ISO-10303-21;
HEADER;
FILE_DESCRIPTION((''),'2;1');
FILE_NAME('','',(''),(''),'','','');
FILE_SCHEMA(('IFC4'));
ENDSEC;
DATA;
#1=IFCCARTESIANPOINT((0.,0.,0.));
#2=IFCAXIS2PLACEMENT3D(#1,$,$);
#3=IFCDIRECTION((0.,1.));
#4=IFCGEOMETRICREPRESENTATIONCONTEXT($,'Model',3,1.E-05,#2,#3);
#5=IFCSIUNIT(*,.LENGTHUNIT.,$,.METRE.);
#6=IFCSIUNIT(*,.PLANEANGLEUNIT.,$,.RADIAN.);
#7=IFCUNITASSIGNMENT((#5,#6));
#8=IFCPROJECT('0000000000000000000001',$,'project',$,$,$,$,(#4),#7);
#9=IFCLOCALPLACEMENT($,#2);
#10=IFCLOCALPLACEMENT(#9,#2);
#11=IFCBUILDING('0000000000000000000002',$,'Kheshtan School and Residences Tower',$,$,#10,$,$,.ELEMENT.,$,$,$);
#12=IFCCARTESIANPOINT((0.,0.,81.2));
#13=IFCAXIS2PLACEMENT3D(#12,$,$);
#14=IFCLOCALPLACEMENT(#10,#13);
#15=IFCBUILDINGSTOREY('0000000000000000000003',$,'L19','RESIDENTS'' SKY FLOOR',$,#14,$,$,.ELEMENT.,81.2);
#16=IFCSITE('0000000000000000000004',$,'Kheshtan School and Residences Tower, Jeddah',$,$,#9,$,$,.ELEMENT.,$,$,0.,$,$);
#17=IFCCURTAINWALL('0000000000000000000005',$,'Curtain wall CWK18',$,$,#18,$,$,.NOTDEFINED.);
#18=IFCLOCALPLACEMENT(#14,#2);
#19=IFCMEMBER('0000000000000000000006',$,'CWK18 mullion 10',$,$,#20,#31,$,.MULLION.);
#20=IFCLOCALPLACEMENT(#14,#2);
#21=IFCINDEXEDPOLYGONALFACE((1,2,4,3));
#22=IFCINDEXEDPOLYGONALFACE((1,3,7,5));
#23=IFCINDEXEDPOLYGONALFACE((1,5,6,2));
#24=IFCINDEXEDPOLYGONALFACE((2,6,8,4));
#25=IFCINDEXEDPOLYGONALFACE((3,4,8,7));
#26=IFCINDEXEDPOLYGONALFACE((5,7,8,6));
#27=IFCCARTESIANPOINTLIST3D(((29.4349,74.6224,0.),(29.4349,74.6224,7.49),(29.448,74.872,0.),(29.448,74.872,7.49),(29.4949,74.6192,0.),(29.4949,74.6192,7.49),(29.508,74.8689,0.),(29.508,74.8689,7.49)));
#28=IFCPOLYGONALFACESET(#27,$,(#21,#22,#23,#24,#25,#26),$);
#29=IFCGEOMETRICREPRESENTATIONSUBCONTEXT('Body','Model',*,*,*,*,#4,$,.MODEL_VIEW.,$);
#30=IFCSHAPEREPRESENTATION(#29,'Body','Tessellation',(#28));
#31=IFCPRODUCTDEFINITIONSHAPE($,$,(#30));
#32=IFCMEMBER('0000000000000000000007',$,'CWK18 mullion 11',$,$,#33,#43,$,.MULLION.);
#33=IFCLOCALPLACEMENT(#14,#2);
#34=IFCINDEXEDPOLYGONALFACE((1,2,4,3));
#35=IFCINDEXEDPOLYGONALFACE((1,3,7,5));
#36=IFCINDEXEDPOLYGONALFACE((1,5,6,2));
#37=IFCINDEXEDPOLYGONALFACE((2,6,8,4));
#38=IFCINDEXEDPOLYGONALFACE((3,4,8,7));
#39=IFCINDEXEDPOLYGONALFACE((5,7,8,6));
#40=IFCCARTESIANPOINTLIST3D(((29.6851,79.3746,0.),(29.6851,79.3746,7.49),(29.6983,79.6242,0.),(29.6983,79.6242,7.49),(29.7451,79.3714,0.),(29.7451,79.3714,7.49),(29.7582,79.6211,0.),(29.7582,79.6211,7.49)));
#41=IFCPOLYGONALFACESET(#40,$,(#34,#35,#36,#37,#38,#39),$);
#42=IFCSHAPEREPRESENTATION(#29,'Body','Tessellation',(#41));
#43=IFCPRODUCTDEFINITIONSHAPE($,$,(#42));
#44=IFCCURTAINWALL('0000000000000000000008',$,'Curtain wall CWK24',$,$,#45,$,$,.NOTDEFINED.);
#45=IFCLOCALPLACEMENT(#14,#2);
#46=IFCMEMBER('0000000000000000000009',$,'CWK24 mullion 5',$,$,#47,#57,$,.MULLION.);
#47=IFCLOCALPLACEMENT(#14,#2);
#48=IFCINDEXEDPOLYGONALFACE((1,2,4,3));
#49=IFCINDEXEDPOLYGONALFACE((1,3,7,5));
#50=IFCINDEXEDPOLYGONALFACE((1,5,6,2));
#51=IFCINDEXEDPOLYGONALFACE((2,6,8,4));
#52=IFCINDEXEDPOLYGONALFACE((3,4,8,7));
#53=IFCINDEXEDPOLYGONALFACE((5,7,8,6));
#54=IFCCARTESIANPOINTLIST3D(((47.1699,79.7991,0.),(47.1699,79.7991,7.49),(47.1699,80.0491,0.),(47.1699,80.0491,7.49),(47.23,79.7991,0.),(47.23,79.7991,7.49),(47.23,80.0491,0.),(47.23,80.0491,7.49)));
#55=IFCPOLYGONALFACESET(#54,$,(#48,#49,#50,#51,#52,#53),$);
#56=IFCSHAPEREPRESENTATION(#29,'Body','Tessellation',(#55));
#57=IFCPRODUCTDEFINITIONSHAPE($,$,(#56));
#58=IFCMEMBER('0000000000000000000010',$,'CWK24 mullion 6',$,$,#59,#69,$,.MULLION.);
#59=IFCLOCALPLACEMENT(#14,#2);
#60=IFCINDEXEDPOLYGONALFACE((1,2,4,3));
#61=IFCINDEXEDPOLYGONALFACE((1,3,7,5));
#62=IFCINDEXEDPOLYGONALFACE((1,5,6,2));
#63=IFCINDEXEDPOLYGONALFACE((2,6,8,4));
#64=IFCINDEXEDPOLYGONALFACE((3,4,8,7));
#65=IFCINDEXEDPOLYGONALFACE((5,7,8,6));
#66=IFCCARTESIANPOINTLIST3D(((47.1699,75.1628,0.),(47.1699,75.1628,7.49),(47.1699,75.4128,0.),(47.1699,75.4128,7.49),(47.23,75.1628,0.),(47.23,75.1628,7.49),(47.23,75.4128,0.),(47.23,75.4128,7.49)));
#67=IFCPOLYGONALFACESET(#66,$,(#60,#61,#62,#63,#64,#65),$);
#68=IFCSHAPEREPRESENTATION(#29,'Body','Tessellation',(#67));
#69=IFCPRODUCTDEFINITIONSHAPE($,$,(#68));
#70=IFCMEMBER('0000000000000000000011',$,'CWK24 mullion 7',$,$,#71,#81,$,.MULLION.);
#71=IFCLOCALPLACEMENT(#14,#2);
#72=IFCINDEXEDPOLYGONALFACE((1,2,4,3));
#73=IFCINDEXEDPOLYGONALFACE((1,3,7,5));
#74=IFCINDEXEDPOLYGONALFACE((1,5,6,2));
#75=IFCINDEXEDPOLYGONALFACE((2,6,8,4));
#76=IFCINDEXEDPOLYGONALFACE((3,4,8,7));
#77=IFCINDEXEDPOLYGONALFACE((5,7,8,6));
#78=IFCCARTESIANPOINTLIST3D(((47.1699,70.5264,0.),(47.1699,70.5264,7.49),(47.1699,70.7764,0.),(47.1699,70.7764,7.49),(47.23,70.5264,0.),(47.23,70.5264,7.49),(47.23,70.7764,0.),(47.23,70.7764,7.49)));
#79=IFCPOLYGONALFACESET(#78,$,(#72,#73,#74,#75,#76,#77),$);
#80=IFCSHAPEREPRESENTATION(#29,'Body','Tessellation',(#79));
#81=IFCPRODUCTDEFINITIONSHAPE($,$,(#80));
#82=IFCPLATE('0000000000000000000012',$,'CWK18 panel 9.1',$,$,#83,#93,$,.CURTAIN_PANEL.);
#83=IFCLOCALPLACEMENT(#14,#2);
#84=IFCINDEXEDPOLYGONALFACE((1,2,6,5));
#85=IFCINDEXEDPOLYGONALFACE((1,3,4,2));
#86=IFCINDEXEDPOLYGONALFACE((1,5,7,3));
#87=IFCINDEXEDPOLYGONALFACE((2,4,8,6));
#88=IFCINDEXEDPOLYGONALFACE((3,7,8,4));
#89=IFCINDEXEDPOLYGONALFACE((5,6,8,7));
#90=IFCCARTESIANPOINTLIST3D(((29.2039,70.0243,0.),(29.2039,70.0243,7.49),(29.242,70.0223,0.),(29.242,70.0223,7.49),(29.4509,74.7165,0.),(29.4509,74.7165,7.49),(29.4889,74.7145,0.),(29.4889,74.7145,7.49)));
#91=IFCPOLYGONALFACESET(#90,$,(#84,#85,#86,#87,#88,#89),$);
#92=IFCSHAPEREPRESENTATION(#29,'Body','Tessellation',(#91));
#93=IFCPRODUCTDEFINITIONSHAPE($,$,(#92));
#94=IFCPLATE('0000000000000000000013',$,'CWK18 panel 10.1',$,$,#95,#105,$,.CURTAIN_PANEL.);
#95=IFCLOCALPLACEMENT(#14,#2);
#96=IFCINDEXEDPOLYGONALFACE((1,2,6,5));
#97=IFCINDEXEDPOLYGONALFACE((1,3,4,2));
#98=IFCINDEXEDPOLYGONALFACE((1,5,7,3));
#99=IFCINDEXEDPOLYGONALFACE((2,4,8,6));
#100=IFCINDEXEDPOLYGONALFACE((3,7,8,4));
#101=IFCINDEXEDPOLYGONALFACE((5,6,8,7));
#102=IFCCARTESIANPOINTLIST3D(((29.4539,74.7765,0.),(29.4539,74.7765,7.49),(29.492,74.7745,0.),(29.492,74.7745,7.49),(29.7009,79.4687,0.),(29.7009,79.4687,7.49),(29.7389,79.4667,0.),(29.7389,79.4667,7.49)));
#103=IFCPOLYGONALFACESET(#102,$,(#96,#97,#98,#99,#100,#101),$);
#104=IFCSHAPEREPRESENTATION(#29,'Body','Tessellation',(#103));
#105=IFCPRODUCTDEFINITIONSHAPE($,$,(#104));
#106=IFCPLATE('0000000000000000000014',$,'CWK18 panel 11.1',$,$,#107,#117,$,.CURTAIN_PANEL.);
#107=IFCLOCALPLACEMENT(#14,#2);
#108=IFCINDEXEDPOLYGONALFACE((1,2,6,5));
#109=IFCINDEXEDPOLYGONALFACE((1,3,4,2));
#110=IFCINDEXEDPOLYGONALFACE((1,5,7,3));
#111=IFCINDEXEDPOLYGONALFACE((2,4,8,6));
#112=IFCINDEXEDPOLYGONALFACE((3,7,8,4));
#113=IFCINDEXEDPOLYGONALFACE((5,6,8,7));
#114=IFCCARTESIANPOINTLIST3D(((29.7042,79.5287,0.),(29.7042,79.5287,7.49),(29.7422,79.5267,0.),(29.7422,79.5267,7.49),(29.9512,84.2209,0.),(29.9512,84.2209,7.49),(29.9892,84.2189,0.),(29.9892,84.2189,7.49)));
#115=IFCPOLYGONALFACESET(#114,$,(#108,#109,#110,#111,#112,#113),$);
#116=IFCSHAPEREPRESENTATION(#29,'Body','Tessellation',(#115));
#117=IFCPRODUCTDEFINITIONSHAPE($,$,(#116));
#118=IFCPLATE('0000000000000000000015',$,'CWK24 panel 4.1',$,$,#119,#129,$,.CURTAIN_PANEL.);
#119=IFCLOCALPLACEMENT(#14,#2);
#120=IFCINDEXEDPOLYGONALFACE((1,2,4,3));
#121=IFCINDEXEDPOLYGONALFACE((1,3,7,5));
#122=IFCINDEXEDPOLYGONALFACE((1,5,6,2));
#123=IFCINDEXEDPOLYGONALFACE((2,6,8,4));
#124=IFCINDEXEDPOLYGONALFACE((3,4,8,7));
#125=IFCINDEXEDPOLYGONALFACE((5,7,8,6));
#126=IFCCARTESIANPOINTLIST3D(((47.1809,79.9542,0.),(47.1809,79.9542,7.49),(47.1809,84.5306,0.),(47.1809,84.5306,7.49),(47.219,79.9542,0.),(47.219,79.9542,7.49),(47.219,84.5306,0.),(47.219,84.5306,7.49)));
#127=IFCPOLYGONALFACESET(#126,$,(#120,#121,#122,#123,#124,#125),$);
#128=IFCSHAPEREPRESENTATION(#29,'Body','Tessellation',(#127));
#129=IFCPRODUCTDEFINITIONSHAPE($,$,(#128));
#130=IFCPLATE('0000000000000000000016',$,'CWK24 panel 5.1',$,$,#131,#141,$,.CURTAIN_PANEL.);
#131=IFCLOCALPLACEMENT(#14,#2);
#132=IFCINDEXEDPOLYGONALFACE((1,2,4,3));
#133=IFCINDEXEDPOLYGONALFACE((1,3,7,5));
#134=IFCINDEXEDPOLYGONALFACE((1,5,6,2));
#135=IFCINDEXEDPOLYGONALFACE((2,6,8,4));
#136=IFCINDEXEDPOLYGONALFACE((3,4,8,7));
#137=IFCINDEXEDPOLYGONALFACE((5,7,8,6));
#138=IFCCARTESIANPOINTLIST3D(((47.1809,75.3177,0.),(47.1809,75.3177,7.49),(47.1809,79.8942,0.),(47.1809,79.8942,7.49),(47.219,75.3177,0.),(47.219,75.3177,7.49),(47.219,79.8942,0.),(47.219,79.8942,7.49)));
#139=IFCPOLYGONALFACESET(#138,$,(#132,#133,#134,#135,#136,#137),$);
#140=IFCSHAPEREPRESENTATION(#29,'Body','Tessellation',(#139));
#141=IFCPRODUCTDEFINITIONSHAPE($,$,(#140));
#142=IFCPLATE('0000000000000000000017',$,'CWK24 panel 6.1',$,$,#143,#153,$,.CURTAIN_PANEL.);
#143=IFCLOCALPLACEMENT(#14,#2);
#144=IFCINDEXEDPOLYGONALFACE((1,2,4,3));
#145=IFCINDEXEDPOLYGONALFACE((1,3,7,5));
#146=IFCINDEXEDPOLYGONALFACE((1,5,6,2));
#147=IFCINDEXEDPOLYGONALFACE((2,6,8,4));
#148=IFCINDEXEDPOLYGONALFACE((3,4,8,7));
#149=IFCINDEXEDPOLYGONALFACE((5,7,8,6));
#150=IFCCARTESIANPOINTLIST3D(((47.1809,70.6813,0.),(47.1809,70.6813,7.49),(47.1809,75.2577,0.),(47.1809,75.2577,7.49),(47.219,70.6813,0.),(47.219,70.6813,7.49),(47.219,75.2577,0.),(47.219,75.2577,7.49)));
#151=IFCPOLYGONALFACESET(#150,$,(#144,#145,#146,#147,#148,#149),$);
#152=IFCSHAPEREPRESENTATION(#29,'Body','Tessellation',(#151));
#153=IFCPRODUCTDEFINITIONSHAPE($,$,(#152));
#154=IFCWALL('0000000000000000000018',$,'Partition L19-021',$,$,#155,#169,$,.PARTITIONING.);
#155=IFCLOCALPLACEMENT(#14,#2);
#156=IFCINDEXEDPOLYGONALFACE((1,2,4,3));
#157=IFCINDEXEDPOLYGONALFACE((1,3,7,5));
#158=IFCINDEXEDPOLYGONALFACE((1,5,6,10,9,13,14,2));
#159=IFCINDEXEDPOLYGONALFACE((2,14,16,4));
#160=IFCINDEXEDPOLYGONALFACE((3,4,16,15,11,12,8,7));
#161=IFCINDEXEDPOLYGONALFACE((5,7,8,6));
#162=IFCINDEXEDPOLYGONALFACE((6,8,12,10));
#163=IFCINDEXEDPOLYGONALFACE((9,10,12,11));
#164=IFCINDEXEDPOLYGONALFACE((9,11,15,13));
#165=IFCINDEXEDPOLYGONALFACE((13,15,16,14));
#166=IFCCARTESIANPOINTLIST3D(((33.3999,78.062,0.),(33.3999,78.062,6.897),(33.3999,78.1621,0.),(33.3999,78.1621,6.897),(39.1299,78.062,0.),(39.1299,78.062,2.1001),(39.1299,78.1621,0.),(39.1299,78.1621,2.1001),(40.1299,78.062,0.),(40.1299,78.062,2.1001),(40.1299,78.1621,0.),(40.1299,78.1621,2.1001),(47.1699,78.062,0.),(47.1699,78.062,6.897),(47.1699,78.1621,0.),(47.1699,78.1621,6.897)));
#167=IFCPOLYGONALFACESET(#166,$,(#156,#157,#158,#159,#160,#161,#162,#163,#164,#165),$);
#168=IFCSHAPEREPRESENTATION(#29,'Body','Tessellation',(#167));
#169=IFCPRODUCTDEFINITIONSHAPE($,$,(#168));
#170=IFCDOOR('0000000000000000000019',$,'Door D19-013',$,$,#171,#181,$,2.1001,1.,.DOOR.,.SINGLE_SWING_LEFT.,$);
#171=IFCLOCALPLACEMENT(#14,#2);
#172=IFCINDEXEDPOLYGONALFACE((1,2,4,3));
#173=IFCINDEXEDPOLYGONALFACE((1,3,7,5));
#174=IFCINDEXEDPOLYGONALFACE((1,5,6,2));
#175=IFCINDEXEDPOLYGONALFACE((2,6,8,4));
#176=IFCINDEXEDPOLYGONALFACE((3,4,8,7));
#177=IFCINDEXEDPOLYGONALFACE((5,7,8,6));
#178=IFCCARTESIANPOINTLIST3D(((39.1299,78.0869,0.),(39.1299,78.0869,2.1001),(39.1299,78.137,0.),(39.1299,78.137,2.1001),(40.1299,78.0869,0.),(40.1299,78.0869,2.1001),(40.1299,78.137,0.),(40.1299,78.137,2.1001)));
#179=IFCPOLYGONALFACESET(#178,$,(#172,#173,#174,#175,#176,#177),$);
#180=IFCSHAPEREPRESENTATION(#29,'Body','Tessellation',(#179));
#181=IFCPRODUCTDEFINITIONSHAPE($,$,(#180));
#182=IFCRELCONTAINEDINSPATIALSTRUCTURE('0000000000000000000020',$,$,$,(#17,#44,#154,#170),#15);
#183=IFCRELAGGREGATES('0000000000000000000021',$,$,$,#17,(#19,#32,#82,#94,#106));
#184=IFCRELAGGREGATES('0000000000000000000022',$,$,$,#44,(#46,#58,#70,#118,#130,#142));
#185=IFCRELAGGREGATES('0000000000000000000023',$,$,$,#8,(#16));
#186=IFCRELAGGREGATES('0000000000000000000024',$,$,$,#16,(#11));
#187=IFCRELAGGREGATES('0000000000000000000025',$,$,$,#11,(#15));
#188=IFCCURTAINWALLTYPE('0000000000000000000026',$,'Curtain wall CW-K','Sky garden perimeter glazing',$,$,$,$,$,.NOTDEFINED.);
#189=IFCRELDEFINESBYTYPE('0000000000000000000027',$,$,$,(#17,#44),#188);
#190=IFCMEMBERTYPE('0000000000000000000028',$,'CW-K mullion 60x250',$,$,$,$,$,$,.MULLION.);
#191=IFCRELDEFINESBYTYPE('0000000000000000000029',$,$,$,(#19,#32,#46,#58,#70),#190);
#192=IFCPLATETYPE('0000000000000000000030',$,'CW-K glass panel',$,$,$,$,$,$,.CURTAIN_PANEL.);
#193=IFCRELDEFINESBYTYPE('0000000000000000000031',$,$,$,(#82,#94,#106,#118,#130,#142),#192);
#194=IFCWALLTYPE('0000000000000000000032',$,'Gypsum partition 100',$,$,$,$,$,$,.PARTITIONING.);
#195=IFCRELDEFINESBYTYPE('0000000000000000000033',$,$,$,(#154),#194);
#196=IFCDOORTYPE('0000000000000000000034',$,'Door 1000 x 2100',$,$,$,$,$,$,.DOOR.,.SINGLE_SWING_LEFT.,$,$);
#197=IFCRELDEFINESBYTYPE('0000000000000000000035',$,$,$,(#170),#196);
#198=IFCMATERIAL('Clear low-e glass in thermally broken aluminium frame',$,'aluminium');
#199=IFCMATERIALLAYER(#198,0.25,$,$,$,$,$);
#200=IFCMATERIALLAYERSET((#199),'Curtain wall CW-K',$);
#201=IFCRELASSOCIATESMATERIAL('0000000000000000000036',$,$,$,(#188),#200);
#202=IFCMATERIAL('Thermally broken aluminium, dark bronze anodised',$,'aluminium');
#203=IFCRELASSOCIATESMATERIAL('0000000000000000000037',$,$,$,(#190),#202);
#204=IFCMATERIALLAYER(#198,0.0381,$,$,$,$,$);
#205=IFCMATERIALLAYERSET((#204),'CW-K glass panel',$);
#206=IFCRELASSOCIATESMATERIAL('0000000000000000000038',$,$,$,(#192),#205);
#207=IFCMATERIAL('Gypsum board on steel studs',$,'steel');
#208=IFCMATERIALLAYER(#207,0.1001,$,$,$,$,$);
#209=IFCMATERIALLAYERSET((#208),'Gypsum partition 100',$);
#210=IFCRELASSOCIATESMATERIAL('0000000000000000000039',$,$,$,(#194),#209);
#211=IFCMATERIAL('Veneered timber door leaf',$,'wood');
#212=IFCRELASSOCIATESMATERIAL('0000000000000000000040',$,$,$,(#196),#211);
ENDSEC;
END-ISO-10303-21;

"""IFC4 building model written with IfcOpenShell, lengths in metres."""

from ifc_helpers import new_model, si_unit, direction, frame, frame_2d, origin, origin_2d, place, context, subcontext, project, spatial, rectangle, extrude, source, transform, mapped, material, layer, layer_set, material_profile, profile_set, type_object, element, fill, aggregate, save


model = new_model("IFC4")

# Units and contexts
model_context = context("Model", 3, precision=1e-05, world=origin(), true_north=direction((0.0, 1.0)))
body_context = subcontext(model_context, "Body", "Model", "MODEL_VIEW")
ifc_project = project(units=[si_unit("LENGTHUNIT", "METRE"), si_unit("PLANEANGLEUNIT", "RADIAN")], contexts=[model_context])

# Site, building, storey
site_placement = place(None, origin())
site = spatial("IfcSite", under=ifc_project, at=site_placement, Name="Kheshtan School and Residences Tower, Jeddah", CompositionType="ELEMENT", RefElevation=0.0)
building_placement = place(site_placement, origin())
building = spatial("IfcBuilding", under=site, at=building_placement, Name="Kheshtan School and Residences Tower", CompositionType="ELEMENT")
storey_placement = place(building_placement, frame((0.0, 0.0, 81.2)))
storey = spatial("IfcBuildingStorey", under=building, at=storey_placement, Name="L19", Description="RESIDENTS' SKY FLOOR", CompositionType="ELEMENT", Elevation=81.2)

# Curtain walls, members
ifc_material_1 = material(Name="Clear low-e glass in thermally broken aluminium frame", Category="aluminium")
ifc_layer_1 = layer(ifc_material_1, 0.25)
ifc_layer_set_1 = layer_set([ifc_layer_1], Name="Curtain wall CW-K")
curtain_wall_type = type_object("IfcCurtainWallType", Name="Curtain wall CW-K", Description="Sky garden perimeter glazing", PredefinedType="NOTDEFINED", material=ifc_layer_set_1)
curtain_wall_1_placement = place(storey_placement, origin())
curtain_wall_1 = element("IfcCurtainWall", 1, at=curtain_wall_1_placement, inside=storey, type_object=curtain_wall_type, Name="Curtain wall CWK18", PredefinedType="NOTDEFINED")
ifc_material_2 = material(Name="Thermally broken aluminium, dark bronze anodised", Category="aluminium")
ifc_material_profile_1 = material_profile(ifc_material_2, rectangle(XDim=0.0601, YDim=0.25, at=origin_2d()), Name="CW-K mullion 60x250")
ifc_profile_set_1 = profile_set([ifc_material_profile_1], Name="Thermally broken aluminium, dark bronze anodised")
member_type = type_object("IfcMemberType", Name="CW-K mullion 60x250", PredefinedType="MULLION", material=ifc_profile_set_1)
member_1_placement = place(storey_placement, frame((29.4714, 74.7456, 0.0), z_axis=(0.0, 0.0, 1.0), x_axis=(-0.998617, 0.052565, 0.0)))
member_1 = element("IfcMember", 2, at=member_1_placement, type_object=member_type, Name="CWK18 mullion 10", PredefinedType="MULLION", context=body_context, shape_type="SweptSolid", body=[
    extrude(rectangle(XDim=0.0601, YDim=0.25, at=origin_2d()), origin(), (0.0, 0.0, 1.0), 7.49),
])
member_2_placement = place(storey_placement, frame((29.7217, 79.4978, 0.0), z_axis=(0.0, 0.0, 1.0), x_axis=(-0.998617, 0.052565, 0.0)))
member_2 = element("IfcMember", 3, at=member_2_placement, type_object=member_type, Name="CWK18 mullion 11", PredefinedType="MULLION", context=body_context, shape_type="SweptSolid", body=[
    extrude(rectangle(XDim=0.0601, YDim=0.25, at=origin_2d()), origin(), (0.0, 0.0, 1.0), 7.49),
])
curtain_wall_2_placement = place(storey_placement, origin())
curtain_wall_2 = element("IfcCurtainWall", 4, at=curtain_wall_2_placement, inside=storey, type_object=curtain_wall_type, Name="Curtain wall CWK24", PredefinedType="NOTDEFINED")
member_3_placement = place(storey_placement, frame((47.2, 79.9241, 0.0), z_axis=(0.0, 0.0, 1.0), x_axis=(1.0, 0.0, 0.0)))
member_3 = element("IfcMember", 5, at=member_3_placement, type_object=member_type, Name="CWK24 mullion 5", PredefinedType="MULLION", context=body_context, shape_type="SweptSolid", body=[
    extrude(rectangle(XDim=0.0601, YDim=0.25, at=origin_2d()), origin(), (0.0, 0.0, 1.0), 7.49),
])
member_4_placement = place(storey_placement, frame((47.2, 75.2878, 0.0), z_axis=(0.0, 0.0, 1.0), x_axis=(1.0, 0.0, 0.0)))
member_4 = element("IfcMember", 6, at=member_4_placement, type_object=member_type, Name="CWK24 mullion 6", PredefinedType="MULLION", context=body_context, shape_type="SweptSolid", body=[
    extrude(rectangle(XDim=0.0601, YDim=0.25, at=origin_2d()), origin(), (0.0, 0.0, 1.0), 7.49),
])
member_5_placement = place(storey_placement, frame((47.2, 70.6514, 0.0), z_axis=(0.0, 0.0, 1.0), x_axis=(1.0, 0.0, 0.0)))
member_5 = element("IfcMember", 7, at=member_5_placement, type_object=member_type, Name="CWK24 mullion 7", PredefinedType="MULLION", context=body_context, shape_type="SweptSolid", body=[
    extrude(rectangle(XDim=0.0601, YDim=0.25, at=origin_2d()), origin(), (0.0, 0.0, 1.0), 7.49),
])

# Plates
ifc_layer_2 = layer(ifc_material_1, 0.0381)
ifc_layer_set_2 = layer_set([ifc_layer_2], Name="CW-K glass panel")
plate_type = type_object("IfcPlateType", Name="CW-K glass panel", PredefinedType="CURTAIN_PANEL", material=ifc_layer_set_2)
plate_1_placement = place(storey_placement, frame((29.3464, 72.3694, 0.0), z_axis=(0.0, 0.0, 1.0), x_axis=(0.052565, 0.998617, 0.0)))
plate_1 = element("IfcPlate", 8, at=plate_1_placement, type_object=plate_type, Name="CWK18 panel 9.1", PredefinedType="CURTAIN_PANEL", context=body_context, shape_type="SweptSolid", body=[
    extrude(rectangle(XDim=4.6987, YDim=0.0381, at=origin_2d()), origin(), (0.0, 0.0, 1.0), 7.49),
])
plate_2_placement = place(storey_placement, frame((29.5964, 77.1216, 0.0), z_axis=(0.0, 0.0, 1.0), x_axis=(0.052565, 0.998617, 0.0)))
plate_2 = element("IfcPlate", 9, at=plate_2_placement, type_object=plate_type, Name="CWK18 panel 10.1", PredefinedType="CURTAIN_PANEL", context=body_context, shape_type="SweptSolid", body=[
    extrude(rectangle(XDim=4.6987, YDim=0.0381, at=origin_2d()), origin(), (0.0, 0.0, 1.0), 7.49),
])
plate_3_placement = place(storey_placement, frame((29.8467, 81.8738, 0.0), z_axis=(0.0, 0.0, 1.0), x_axis=(0.052565, 0.998617, 0.0)))
plate_3 = element("IfcPlate", 10, at=plate_3_placement, type_object=plate_type, Name="CWK18 panel 11.1", PredefinedType="CURTAIN_PANEL", context=body_context, shape_type="SweptSolid", body=[
    extrude(rectangle(XDim=4.6987, YDim=0.0381, at=origin_2d()), origin(), (0.0, 0.0, 1.0), 7.49),
])
aggregate(curtain_wall_1, [member_1, member_2, plate_1, plate_2, plate_3])
plate_4_placement = place(storey_placement, frame((47.2, 82.2424, 0.0), z_axis=(0.0, 0.0, 1.0), x_axis=(0.0, -1.0, 0.0)))
plate_4 = element("IfcPlate", 11, at=plate_4_placement, type_object=plate_type, Name="CWK24 panel 4.1", PredefinedType="CURTAIN_PANEL", context=body_context, shape_type="SweptSolid", body=[
    extrude(rectangle(XDim=4.5764, YDim=0.0381, at=origin_2d()), origin(), (0.0, 0.0, 1.0), 7.49),
])
plate_5_placement = place(storey_placement, frame((47.2, 77.606, 0.0), z_axis=(0.0, 0.0, 1.0), x_axis=(0.0, -1.0, 0.0)))
plate_5 = element("IfcPlate", 12, at=plate_5_placement, type_object=plate_type, Name="CWK24 panel 5.1", PredefinedType="CURTAIN_PANEL", context=body_context, shape_type="SweptSolid", body=[
    extrude(rectangle(XDim=4.5764, YDim=0.0381, at=origin_2d()), origin(), (0.0, 0.0, 1.0), 7.49),
])
plate_6_placement = place(storey_placement, frame((47.2, 72.9695, 0.0), z_axis=(0.0, 0.0, 1.0), x_axis=(0.0, -1.0, 0.0)))
plate_6 = element("IfcPlate", 13, at=plate_6_placement, type_object=plate_type, Name="CWK24 panel 6.1", PredefinedType="CURTAIN_PANEL", context=body_context, shape_type="SweptSolid", body=[
    extrude(rectangle(XDim=4.5764, YDim=0.0381, at=origin_2d()), origin(), (0.0, 0.0, 1.0), 7.49),
])
aggregate(curtain_wall_2, [member_3, member_4, member_5, plate_4, plate_5, plate_6])

# Wall, opening, door
ifc_material_3 = material(Name="Gypsum board on steel studs", Category="steel")
ifc_layer_3 = layer(ifc_material_3, 0.1001)
ifc_layer_set_3 = layer_set([ifc_layer_3], Name="Gypsum partition 100")
wall_type_1 = type_object("IfcWallType", Name="Gypsum partition 100", PredefinedType="PARTITIONING", material=ifc_layer_set_3)
wall_1_placement = place(storey_placement, frame((33.3999, 78.1121, 0.0), z_axis=(0.0, 0.0, 1.0), x_axis=(1.0, 0.0, 0.0)))
wall_1 = element("IfcWall", 14, at=wall_1_placement, inside=storey, type_object=wall_type_1, Name="Partition L19-021", PredefinedType="PARTITIONING", context=body_context, shape_type="SweptSolid", body=[
    extrude(rectangle(XDim=13.77, YDim=0.1001, at=frame_2d((6.885, 0.0))), origin(), (0.0, 0.0, 1.0), 6.897),
])
opening_1_placement = place(wall_1_placement, frame((5.73, 0.0, 0.0)))
opening_1 = element("IfcOpeningElement", 15, at=opening_1_placement, cuts=wall_1, PredefinedType="OPENING", context=body_context, shape_type="SweptSolid", body=[
    extrude(rectangle(XDim=1.0, YDim=2.1001, at=frame_2d((0.5, 1.05))), frame((0.0, 0.0601, 0.0), z_axis=(0.0, -1.0, 0.0), x_axis=(1.0, 0.0, 0.0)), (0.0, 0.0, 1.0), 0.1201),
])
ifc_material_4 = material(Name="Veneered timber door leaf", Category="wood")
door_type_1 = type_object("IfcDoorType", Name="Door 1000 x 2100", OperationType="SINGLE_SWING_LEFT", PredefinedType="DOOR", material=ifc_material_4)
shared_shape_1 = source(origin(), body_context, "Body", "SweptSolid", [
    extrude(rectangle(XDim=1.0, YDim=2.1001, at=frame_2d((0.5, 1.05))), frame((0.0, 0.0249, 0.0), z_axis=(0.0, -1.0, 0.0), x_axis=(1.0, 0.0, 0.0)), (0.0, 0.0, 1.0), 0.05),
])
door_1_placement = place(opening_1_placement, origin())
door_1 = element("IfcDoor", 16, at=door_1_placement, inside=storey, type_object=door_type_1, Name="Door D19-013", OperationType="SINGLE_SWING_LEFT", OverallHeight=2.1001, OverallWidth=1.0, PredefinedType="DOOR", context=body_context, shape_type="MappedRepresentation", body=[
    mapped(shared_shape_1, transform((0.0, 0.0, 0.0), x_axis=(1.0, 0.0, 0.0), y_axis=(0.0, 1.0, 0.0), z_axis=(0.0, 0.0, 1.0), scale=1.0)),
])
fill(opening_1, door_1)

save(model, "model.ifc")
